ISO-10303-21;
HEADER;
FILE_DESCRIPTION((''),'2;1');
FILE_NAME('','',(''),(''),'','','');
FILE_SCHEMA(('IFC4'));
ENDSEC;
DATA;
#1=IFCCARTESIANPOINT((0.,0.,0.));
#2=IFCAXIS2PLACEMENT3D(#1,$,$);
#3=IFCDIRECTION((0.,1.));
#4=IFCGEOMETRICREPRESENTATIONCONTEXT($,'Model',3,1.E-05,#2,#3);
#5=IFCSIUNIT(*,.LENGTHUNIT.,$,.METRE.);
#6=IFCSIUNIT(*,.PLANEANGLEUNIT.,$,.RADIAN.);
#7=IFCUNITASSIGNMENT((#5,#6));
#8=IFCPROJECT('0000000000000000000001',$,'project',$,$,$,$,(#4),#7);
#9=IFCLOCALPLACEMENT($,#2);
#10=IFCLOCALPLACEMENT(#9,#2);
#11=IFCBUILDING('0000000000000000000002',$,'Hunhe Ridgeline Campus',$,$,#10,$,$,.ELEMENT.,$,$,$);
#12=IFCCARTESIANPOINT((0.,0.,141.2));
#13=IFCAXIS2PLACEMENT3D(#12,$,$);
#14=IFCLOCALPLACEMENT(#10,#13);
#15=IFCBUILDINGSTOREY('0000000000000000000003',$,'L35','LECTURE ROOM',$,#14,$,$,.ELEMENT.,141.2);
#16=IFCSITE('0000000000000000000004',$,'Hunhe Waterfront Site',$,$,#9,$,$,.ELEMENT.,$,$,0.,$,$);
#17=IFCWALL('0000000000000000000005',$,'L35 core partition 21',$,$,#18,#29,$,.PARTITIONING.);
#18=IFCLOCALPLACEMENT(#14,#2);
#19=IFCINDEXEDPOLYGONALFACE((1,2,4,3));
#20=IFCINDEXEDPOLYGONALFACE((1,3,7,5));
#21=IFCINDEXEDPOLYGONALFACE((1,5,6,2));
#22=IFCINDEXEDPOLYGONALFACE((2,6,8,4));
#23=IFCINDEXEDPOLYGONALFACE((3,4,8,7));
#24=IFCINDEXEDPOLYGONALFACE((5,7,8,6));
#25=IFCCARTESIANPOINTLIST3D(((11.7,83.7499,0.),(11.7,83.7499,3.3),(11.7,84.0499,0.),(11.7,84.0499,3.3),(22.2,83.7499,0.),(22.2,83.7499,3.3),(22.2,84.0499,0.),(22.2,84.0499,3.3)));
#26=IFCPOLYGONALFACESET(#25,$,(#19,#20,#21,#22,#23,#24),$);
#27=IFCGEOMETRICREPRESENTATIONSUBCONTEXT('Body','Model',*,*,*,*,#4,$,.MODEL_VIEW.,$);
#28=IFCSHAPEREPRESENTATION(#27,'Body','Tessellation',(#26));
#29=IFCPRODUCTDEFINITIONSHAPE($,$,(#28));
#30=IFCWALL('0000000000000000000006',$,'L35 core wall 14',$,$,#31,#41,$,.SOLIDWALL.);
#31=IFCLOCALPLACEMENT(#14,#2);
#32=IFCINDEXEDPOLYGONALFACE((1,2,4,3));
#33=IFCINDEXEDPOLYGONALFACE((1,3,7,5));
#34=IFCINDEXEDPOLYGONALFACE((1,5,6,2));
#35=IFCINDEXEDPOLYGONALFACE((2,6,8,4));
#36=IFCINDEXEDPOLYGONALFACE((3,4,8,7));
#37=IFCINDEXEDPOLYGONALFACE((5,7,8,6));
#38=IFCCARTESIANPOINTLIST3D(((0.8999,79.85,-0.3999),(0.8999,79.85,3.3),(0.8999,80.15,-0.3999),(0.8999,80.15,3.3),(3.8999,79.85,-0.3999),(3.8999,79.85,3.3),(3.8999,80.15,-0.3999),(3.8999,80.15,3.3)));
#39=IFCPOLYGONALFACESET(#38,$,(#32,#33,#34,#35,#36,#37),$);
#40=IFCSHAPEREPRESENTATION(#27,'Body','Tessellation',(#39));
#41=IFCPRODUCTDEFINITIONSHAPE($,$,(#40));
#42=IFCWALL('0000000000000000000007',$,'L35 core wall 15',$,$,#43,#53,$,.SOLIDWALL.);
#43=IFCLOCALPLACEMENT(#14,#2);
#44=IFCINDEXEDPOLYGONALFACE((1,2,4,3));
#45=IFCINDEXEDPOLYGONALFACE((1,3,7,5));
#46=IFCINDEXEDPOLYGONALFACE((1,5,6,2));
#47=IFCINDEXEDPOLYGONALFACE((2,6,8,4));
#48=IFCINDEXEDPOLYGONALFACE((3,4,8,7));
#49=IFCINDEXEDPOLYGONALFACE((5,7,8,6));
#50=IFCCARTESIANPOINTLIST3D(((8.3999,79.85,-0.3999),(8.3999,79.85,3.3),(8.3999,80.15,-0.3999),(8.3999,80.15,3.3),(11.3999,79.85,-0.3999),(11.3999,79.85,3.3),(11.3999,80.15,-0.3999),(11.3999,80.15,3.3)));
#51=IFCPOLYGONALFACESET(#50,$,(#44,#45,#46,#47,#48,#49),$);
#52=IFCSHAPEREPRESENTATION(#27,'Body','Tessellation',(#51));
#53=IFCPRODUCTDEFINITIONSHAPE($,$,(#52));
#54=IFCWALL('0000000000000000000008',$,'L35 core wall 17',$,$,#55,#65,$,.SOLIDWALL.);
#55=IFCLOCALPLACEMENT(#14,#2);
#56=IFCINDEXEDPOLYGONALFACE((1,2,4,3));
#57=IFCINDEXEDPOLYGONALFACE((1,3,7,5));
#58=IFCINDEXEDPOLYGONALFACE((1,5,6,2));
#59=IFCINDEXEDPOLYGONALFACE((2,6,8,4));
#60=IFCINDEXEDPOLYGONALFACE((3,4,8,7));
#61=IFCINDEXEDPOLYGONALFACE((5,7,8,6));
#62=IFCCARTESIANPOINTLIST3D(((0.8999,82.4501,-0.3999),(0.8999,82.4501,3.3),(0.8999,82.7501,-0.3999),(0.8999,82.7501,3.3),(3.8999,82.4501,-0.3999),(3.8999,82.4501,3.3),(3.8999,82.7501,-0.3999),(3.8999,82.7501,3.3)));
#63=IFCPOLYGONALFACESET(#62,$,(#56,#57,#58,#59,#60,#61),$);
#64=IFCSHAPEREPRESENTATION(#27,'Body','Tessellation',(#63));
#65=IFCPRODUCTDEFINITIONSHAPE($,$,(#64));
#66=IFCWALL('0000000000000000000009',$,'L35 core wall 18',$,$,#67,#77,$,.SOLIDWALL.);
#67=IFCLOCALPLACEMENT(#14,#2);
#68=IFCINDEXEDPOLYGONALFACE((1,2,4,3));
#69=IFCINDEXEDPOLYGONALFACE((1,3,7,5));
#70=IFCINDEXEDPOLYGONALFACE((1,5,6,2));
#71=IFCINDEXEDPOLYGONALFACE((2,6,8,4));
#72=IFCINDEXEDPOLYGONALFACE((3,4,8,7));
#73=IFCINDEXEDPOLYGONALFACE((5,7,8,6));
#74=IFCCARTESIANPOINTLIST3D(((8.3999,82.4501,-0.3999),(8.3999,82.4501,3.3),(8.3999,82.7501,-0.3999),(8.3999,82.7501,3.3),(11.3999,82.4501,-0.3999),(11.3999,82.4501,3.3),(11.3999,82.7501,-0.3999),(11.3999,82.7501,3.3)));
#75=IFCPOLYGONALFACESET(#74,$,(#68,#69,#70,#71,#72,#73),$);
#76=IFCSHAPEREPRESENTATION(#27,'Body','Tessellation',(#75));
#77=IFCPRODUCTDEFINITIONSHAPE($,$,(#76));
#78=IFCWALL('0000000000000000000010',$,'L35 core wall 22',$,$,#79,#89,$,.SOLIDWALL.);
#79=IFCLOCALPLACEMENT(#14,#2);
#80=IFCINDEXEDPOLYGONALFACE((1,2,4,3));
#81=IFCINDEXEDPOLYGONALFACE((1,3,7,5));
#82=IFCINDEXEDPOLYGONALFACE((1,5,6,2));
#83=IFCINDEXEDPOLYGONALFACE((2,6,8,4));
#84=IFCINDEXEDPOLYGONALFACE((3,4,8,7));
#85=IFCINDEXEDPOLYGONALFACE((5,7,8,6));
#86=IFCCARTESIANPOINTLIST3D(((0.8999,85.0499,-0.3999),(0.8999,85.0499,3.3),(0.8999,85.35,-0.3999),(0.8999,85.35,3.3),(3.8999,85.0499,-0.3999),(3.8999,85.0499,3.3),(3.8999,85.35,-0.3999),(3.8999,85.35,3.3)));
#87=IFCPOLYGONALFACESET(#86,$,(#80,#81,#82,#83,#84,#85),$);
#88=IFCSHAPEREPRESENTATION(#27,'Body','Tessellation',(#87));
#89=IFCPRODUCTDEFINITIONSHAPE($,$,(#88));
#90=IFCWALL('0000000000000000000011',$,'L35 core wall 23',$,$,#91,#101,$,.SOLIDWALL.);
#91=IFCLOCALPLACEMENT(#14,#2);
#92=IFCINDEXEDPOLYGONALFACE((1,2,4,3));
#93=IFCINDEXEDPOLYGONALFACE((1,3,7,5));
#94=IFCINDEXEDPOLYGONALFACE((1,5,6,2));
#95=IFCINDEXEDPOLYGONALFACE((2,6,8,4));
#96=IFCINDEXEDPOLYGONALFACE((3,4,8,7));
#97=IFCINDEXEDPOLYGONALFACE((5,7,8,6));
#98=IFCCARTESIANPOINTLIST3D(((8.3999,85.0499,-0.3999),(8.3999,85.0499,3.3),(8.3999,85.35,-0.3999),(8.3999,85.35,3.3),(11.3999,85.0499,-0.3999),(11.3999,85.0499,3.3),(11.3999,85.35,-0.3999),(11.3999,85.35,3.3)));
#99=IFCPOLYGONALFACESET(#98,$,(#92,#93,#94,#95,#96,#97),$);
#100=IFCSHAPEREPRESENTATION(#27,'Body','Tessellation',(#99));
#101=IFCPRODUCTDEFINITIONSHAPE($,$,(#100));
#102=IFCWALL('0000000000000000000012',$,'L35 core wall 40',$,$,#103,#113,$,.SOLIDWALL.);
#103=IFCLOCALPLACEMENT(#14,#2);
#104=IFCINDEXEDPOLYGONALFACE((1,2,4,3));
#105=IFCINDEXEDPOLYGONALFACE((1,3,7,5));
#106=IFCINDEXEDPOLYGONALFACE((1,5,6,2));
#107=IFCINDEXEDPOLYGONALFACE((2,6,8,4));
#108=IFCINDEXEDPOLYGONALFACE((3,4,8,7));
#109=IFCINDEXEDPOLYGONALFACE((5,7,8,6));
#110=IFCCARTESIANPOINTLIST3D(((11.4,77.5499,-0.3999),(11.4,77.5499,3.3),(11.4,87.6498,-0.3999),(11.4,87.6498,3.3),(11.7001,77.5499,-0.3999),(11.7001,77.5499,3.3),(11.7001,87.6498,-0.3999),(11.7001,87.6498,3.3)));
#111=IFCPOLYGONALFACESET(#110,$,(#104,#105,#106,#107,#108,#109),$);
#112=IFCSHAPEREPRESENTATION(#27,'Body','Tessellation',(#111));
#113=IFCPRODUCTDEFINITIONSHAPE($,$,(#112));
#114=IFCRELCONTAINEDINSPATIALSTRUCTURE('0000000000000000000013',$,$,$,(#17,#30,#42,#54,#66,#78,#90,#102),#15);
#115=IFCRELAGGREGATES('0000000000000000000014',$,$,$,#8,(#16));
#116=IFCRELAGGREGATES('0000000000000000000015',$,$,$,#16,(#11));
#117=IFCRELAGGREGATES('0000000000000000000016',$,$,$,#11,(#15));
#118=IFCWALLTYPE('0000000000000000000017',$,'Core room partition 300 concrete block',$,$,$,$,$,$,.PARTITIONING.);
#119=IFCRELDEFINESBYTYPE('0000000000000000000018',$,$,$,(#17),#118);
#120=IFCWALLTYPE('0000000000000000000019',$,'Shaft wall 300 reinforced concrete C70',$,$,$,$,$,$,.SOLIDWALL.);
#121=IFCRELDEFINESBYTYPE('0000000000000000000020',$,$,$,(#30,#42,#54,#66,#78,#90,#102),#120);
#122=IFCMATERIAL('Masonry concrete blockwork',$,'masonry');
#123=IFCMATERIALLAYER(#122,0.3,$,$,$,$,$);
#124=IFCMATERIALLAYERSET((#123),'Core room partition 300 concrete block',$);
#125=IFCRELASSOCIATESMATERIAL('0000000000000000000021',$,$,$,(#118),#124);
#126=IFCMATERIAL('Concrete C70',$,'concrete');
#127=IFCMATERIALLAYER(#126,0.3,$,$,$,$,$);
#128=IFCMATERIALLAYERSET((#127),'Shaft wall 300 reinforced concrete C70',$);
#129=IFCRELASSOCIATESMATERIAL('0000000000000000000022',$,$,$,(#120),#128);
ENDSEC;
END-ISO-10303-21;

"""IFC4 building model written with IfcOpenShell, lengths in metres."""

from ifc_helpers import new_model, si_unit, direction, frame, frame_2d, origin, place, context, subcontext, project, spatial, rectangle, extrude, material, layer, layer_set, type_object, element, save


model = new_model("IFC4")

# Units and contexts
model_context = context("Model", 3, precision=1e-05, world=origin(), true_north=direction((0.0, 1.0)))
body_context = subcontext(model_context, "Body", "Model", "MODEL_VIEW")
ifc_project = project(units=[si_unit("LENGTHUNIT", "METRE"), si_unit("PLANEANGLEUNIT", "RADIAN")], contexts=[model_context])

# Site, building, storey
site_placement = place(None, origin())
site = spatial("IfcSite", under=ifc_project, at=site_placement, Name="Hunhe Waterfront Site", CompositionType="ELEMENT", RefElevation=0.0)
building_placement = place(site_placement, origin())
building = spatial("IfcBuilding", under=site, at=building_placement, Name="Hunhe Ridgeline Campus", CompositionType="ELEMENT")
storey_placement = place(building_placement, frame((0.0, 0.0, 141.2)))
storey = spatial("IfcBuildingStorey", under=building, at=storey_placement, Name="L35", Description="LECTURE ROOM", CompositionType="ELEMENT", Elevation=141.2)

# Shared definitions
ifc_material_1 = material(Name="Masonry concrete blockwork", Category="masonry")
ifc_layer_1 = layer(ifc_material_1, 0.3)
ifc_layer_set_1 = layer_set([ifc_layer_1], Name="Core room partition 300 concrete block")
wall_type_1 = type_object("IfcWallType", Name="Core room partition 300 concrete block", PredefinedType="PARTITIONING", material=ifc_layer_set_1)

# Wall
wall_1_placement = place(storey_placement, frame((11.7, 83.8999, 0.0), z_axis=(0.0, 0.0, 1.0), x_axis=(1.0, 0.0, 0.0)))
element("IfcWall", 1, at=wall_1_placement, inside=storey, type_object=wall_type_1, Name="L35 core partition 21", PredefinedType="PARTITIONING", context=body_context, shape_type="SweptSolid", body=[
    extrude(rectangle(XDim=10.5, YDim=0.3, at=frame_2d((5.25, 0.0))), origin(), (0.0, 0.0, 1.0), 3.3),
])

# Shared definitions
ifc_material_2 = material(Name="Concrete C70", Category="concrete")
ifc_layer_2 = layer(ifc_material_2, 0.3)
ifc_layer_set_2 = layer_set([ifc_layer_2], Name="Shaft wall 300 reinforced concrete C70")
wall_type_2 = type_object("IfcWallType", Name="Shaft wall 300 reinforced concrete C70", PredefinedType="SOLIDWALL", material=ifc_layer_set_2)

# Walls
for number, where, z_axis, x_axis, name in (
    (2, (0.8999, 80.0, -0.3999), (0.0, 0.0, 1.0), (1.0, 0.0, 0.0), "L35 core wall 14"),
    (3, (8.3999, 80.0, -0.3999), (0.0, 0.0, 1.0), (1.0, 0.0, 0.0), "L35 core wall 15"),
    (4, (0.8999, 82.6001, -0.3999), (0.0, 0.0, 1.0), (1.0, 0.0, 0.0), "L35 core wall 17"),
    (5, (8.3999, 82.6001, -0.3999), (0.0, 0.0, 1.0), (1.0, 0.0, 0.0), "L35 core wall 18"),
    (6, (0.8999, 85.2, -0.3999), (0.0, 0.0, 1.0), (1.0, 0.0, 0.0), "L35 core wall 22"),
    (7, (8.3999, 85.2, -0.3999), (0.0, 0.0, 1.0), (1.0, 0.0, 0.0), "L35 core wall 23"),
):
    element("IfcWall", number, at=place(storey_placement, frame(where, z_axis=z_axis, x_axis=x_axis)), inside=storey, type_object=wall_type_2, Name=name, PredefinedType="SOLIDWALL", context=body_context, shape_type="SweptSolid", body=[
        extrude(rectangle(XDim=3.0, YDim=0.3, at=frame_2d((1.5, 0.0))), origin(), (0.0, 0.0, 1.0), 3.7),
    ])

# Wall
wall_2_placement = place(storey_placement, frame((11.55, 77.55, -0.3999), z_axis=(0.0, 0.0, 1.0), x_axis=(0.0, 1.0, 0.0)))
element("IfcWall", 8, at=wall_2_placement, inside=storey, type_object=wall_type_2, Name="L35 core wall 40", PredefinedType="SOLIDWALL", context=body_context, shape_type="SweptSolid", body=[
    extrude(rectangle(XDim=10.0999, YDim=0.3, at=frame_2d((5.0498, 0.0))), origin(), (0.0, 0.0, 1.0), 3.7),
])

save(model, "model.ifc")
